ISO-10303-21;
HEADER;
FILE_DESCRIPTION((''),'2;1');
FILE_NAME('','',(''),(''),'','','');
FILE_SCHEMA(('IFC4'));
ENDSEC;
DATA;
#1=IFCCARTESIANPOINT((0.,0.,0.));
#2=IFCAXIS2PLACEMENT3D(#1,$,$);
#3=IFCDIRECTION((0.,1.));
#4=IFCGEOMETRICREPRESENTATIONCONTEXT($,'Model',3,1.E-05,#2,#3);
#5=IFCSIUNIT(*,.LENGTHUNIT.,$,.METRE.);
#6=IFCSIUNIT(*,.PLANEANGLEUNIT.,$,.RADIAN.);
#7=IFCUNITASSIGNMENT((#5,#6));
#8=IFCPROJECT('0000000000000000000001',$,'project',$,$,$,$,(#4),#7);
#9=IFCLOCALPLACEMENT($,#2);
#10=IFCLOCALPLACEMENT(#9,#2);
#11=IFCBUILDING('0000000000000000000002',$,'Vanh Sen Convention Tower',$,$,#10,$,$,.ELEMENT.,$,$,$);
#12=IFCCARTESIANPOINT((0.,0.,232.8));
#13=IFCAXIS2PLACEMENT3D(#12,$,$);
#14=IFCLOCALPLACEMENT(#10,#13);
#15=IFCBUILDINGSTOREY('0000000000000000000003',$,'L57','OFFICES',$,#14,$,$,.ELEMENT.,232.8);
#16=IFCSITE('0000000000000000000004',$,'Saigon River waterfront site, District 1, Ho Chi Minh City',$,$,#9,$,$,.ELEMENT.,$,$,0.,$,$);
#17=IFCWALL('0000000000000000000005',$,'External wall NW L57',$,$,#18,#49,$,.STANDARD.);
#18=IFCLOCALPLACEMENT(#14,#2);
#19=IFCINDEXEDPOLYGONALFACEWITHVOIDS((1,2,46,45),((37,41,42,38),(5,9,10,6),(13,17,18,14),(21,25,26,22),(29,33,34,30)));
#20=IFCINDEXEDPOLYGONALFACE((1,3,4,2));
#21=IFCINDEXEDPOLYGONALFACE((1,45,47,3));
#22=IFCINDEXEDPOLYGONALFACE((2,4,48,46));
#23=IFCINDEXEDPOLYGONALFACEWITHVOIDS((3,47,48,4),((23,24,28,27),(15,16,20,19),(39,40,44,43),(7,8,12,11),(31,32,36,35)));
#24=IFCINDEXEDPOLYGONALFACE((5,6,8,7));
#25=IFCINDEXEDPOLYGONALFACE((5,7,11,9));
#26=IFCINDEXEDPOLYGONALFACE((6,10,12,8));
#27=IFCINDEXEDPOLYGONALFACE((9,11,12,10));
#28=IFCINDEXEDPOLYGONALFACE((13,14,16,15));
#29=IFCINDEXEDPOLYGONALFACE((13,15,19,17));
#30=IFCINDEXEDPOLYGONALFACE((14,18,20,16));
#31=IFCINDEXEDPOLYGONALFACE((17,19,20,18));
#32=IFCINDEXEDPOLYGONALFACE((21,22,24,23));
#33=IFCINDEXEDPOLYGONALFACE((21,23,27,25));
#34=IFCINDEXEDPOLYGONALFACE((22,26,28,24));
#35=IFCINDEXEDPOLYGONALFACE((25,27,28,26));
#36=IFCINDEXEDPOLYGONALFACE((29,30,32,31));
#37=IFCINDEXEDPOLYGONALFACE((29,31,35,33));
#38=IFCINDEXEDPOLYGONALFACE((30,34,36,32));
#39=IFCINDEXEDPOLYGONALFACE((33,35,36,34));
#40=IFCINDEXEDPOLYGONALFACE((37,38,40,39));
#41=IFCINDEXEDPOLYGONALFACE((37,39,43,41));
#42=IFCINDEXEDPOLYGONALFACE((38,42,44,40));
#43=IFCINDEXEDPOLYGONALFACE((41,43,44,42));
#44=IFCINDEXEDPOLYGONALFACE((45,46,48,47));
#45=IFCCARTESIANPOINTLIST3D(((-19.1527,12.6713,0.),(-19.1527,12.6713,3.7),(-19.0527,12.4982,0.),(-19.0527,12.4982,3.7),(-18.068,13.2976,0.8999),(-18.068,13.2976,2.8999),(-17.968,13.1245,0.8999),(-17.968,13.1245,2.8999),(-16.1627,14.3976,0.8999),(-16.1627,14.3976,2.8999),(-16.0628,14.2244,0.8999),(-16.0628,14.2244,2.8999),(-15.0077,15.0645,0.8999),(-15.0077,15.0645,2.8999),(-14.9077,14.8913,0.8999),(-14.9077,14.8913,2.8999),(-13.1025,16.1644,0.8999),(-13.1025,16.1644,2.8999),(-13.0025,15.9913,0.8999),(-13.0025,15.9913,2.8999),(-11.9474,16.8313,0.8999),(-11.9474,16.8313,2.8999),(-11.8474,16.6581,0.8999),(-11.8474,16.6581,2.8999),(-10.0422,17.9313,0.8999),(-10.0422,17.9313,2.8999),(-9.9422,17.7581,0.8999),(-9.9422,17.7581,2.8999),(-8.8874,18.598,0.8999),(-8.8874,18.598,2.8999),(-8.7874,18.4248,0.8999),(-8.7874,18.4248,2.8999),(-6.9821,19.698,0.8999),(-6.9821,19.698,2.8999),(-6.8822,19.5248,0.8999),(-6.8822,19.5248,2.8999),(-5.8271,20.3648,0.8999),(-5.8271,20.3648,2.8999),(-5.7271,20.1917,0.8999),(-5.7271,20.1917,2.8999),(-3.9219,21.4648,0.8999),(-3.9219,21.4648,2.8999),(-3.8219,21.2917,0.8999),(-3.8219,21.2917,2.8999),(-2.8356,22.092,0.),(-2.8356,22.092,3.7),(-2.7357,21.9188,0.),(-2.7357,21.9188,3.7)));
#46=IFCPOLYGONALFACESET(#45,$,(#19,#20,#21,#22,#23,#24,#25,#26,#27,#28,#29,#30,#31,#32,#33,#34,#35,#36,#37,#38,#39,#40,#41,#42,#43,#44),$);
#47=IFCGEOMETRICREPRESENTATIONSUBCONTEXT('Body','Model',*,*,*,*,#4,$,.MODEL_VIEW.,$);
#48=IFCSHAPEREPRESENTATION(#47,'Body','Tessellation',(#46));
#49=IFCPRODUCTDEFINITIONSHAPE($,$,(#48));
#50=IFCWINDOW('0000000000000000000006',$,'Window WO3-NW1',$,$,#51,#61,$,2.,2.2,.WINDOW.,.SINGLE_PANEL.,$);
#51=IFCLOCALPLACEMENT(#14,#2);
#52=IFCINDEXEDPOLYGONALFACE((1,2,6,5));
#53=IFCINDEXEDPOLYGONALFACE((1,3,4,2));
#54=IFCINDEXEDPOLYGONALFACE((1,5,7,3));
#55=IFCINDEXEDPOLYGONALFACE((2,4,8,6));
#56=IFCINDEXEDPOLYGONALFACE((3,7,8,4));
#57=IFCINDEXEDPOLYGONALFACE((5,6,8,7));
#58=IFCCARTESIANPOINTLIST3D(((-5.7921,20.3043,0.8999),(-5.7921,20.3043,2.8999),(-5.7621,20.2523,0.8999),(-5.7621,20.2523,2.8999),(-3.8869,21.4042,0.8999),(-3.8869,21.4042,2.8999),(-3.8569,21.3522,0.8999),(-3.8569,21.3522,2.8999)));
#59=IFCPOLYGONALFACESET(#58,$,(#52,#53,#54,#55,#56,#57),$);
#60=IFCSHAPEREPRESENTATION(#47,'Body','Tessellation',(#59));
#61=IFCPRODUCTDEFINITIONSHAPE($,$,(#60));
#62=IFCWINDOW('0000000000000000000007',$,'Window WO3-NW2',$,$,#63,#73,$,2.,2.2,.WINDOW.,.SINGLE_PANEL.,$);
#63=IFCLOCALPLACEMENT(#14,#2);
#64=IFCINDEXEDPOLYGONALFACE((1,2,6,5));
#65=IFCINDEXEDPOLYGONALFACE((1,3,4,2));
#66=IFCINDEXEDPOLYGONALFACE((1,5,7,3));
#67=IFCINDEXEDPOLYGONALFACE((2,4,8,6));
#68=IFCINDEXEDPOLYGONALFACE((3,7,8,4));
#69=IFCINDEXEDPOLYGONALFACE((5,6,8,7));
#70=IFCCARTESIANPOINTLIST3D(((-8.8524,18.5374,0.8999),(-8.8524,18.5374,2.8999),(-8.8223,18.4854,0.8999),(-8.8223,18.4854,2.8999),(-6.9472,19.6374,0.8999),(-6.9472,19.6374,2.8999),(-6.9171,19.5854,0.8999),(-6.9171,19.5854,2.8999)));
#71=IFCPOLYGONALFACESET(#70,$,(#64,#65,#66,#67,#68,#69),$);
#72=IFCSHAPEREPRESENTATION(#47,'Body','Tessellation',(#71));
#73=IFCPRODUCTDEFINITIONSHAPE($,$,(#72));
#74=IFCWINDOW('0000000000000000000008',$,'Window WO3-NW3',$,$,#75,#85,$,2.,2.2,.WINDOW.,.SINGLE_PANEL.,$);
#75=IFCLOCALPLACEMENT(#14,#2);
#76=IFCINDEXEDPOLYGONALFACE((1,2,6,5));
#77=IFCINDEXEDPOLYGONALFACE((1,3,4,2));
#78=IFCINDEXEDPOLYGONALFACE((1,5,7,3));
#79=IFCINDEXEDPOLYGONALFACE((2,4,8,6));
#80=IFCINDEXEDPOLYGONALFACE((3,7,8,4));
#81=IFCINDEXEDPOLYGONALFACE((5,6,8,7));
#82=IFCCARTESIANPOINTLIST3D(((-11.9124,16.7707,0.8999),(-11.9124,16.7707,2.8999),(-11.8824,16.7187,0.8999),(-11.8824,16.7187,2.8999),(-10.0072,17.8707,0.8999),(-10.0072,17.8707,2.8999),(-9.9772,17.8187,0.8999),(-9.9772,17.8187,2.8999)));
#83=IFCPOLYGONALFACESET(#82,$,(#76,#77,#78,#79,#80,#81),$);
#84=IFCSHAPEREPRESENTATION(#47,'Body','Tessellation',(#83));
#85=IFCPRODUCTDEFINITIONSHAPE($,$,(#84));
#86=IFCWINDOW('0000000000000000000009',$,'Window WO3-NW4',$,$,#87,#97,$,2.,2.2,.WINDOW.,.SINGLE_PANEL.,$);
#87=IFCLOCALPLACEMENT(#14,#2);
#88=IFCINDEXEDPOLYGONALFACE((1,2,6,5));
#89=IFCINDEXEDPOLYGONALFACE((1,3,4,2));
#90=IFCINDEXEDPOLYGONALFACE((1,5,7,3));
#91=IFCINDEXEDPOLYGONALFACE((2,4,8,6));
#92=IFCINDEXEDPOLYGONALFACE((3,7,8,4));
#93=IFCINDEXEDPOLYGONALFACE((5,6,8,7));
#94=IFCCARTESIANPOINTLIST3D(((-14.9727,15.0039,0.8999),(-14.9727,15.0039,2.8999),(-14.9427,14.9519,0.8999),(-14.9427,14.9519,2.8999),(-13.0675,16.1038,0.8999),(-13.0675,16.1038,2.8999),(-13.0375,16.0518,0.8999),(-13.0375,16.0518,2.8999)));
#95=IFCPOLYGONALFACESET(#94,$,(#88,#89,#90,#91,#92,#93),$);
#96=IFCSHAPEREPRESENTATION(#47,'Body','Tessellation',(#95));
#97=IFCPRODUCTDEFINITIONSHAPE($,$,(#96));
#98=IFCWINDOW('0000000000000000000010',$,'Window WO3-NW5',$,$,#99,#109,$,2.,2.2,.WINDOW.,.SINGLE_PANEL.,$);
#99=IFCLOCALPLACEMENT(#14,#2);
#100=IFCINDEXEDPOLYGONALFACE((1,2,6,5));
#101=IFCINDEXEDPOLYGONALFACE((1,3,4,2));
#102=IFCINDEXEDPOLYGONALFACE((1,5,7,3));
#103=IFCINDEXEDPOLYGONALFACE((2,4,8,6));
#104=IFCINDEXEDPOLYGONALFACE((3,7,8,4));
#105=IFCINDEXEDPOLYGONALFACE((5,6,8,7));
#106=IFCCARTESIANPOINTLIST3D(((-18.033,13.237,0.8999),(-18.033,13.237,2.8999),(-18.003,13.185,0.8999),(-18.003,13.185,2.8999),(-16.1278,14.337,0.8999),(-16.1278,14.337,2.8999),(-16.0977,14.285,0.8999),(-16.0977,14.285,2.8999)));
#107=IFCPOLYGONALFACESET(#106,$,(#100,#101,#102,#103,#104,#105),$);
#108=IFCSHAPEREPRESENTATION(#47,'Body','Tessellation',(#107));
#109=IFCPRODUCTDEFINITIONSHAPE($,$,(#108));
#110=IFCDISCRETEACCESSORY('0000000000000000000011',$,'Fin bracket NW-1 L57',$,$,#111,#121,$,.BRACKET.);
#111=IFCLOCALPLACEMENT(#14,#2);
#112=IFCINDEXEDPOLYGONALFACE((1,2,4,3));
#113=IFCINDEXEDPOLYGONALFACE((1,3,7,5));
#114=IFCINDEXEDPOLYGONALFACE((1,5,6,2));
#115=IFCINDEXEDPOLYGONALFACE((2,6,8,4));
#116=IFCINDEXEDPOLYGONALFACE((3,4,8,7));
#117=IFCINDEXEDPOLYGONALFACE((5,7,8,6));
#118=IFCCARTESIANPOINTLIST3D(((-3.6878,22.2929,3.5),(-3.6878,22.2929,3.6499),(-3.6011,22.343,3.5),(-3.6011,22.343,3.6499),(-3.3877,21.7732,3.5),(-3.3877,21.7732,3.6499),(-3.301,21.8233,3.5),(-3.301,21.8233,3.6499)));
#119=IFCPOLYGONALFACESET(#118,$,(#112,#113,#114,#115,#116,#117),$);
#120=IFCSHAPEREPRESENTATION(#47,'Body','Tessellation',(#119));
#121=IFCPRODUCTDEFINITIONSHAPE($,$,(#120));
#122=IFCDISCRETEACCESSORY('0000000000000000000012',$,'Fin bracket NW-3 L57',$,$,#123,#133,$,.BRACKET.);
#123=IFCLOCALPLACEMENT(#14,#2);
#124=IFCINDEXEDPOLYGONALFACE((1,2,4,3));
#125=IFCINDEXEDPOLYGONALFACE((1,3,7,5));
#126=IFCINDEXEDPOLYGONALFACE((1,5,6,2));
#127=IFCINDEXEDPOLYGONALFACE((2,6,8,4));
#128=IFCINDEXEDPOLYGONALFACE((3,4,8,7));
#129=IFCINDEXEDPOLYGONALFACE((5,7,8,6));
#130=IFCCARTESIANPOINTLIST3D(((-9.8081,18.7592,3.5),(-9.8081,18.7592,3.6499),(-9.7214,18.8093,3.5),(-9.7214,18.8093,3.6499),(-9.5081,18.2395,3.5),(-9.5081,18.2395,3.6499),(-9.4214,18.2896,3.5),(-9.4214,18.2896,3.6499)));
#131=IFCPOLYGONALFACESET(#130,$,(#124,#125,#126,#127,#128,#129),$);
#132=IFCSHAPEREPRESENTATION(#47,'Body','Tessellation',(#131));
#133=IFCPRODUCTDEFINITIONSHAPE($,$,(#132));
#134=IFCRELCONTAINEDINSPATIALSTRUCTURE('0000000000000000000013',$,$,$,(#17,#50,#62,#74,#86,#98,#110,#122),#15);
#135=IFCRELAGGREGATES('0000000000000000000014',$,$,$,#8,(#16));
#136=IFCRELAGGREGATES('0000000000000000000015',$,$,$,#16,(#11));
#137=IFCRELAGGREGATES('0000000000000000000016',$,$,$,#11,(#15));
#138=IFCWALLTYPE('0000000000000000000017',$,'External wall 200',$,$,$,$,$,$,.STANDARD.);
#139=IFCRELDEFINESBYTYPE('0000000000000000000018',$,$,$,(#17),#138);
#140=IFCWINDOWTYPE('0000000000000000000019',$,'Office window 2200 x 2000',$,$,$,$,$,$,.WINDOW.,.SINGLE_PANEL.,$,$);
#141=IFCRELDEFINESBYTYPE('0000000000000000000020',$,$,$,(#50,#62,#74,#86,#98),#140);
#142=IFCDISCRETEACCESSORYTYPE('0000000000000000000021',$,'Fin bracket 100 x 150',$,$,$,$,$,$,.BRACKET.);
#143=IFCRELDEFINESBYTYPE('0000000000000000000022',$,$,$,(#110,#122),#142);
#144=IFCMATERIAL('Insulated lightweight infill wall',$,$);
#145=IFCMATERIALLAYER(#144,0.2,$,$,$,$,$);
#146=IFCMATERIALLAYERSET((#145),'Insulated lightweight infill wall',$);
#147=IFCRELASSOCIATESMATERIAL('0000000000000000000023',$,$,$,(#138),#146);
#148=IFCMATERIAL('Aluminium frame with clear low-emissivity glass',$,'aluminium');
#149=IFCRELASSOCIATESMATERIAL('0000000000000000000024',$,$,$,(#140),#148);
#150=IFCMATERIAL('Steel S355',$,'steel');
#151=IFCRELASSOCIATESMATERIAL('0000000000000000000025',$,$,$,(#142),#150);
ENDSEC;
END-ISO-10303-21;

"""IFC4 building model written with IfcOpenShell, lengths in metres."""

from ifc_helpers import new_model, si_unit, direction, frame, frame_2d, origin, origin_2d, place, context, subcontext, project, spatial, rectangle, extrude, material, layer, layer_set, type_object, element, fill, save


model = new_model("IFC4")

# Units and contexts
model_context = context("Model", 3, precision=1e-05, world=origin(), true_north=direction((0.0, 1.0)))
body_context = subcontext(model_context, "Body", "Model", "MODEL_VIEW")
ifc_project = project(units=[si_unit("LENGTHUNIT", "METRE"), si_unit("PLANEANGLEUNIT", "RADIAN")], contexts=[model_context])

# Site, building, storey
site_placement = place(None, origin())
site = spatial("IfcSite", under=ifc_project, at=site_placement, Name="Saigon River waterfront site, District 1, Ho Chi Minh City", CompositionType="ELEMENT", RefElevation=0.0)
building_placement = place(site_placement, origin())
building = spatial("IfcBuilding", under=site, at=building_placement, Name="Vanh Sen Convention Tower", CompositionType="ELEMENT")
storey_placement = place(building_placement, frame((0.0, 0.0, 232.8)))
storey = spatial("IfcBuildingStorey", under=building, at=storey_placement, Name="L57", Description="OFFICES", CompositionType="ELEMENT", Elevation=232.8)

# Wall, openings, windows
ifc_material_1 = material(Name="Insulated lightweight infill wall")
ifc_layer_1 = layer(ifc_material_1, 0.2)
ifc_layer_set_1 = layer_set([ifc_layer_1], Name="Insulated lightweight infill wall")
wall_type_1 = type_object("IfcWallType", Name="External wall 200", PredefinedType="STANDARD", material=ifc_layer_set_1)
wall_1_placement = place(storey_placement, frame((-2.7856, 22.0054, 0.0), z_axis=(0.0, 0.0, 1.0), x_axis=(-0.866027, -0.499998, 0.0)))
wall_1 = element("IfcWall", 1, at=wall_1_placement, inside=storey, type_object=wall_type_1, Name="External wall NW L57", PredefinedType="STANDARD", context=body_context, shape_type="SweptSolid", body=[
    extrude(rectangle(XDim=18.8413, YDim=0.2, at=frame_2d((9.4207, 0.0))), origin(), (0.0, 0.0, 1.0), 3.7),
])
opening_1_placement = place(wall_1_placement, frame((1.2542, 0.0, 0.8999)))
opening_1 = element("IfcOpeningElement", 2, at=opening_1_placement, cuts=wall_1, PredefinedType="OPENING", context=body_context, shape_type="SweptSolid", body=[
    extrude(rectangle(XDim=2.2, YDim=2.0, at=frame_2d((1.1001, 1.0))), frame((0.0, 0.1099, 0.0), z_axis=(0.0, -1.0, 0.0), x_axis=(1.0, 0.0, 0.0)), (0.0, 0.0, 1.0), 0.22),
])
opening_2_placement = place(wall_1_placement, frame((4.7878, 0.0, 0.8999)))
opening_2 = element("IfcOpeningElement", 3, at=opening_2_placement, cuts=wall_1, PredefinedType="OPENING", context=body_context, shape_type="SweptSolid", body=[
    extrude(rectangle(XDim=2.2, YDim=2.0, at=frame_2d((1.1001, 1.0))), frame((0.0, 0.1099, 0.0), z_axis=(0.0, -1.0, 0.0), x_axis=(1.0, 0.0, 0.0)), (0.0, 0.0, 1.0), 0.22),
])
opening_3_placement = place(wall_1_placement, frame((8.3213, 0.0, 0.8999)))
opening_3 = element("IfcOpeningElement", 4, at=opening_3_placement, cuts=wall_1, PredefinedType="OPENING", context=body_context, shape_type="SweptSolid", body=[
    extrude(rectangle(XDim=2.2, YDim=2.0, at=frame_2d((1.1001, 1.0))), frame((0.0, 0.1099, 0.0), z_axis=(0.0, -1.0, 0.0), x_axis=(1.0, 0.0, 0.0)), (0.0, 0.0, 1.0), 0.22),
])
opening_4_placement = place(wall_1_placement, frame((11.855, 0.0, 0.8999)))
opening_4 = element("IfcOpeningElement", 5, at=opening_4_placement, cuts=wall_1, PredefinedType="OPENING", context=body_context, shape_type="SweptSolid", body=[
    extrude(rectangle(XDim=2.2, YDim=2.0, at=frame_2d((1.1001, 1.0))), frame((0.0, 0.1099, 0.0), z_axis=(0.0, -1.0, 0.0), x_axis=(1.0, 0.0, 0.0)), (0.0, 0.0, 1.0), 0.22),
])
opening_5_placement = place(wall_1_placement, frame((15.3887, 0.0, 0.8999)))
opening_5 = element("IfcOpeningElement", 6, at=opening_5_placement, cuts=wall_1, PredefinedType="OPENING", context=body_context, shape_type="SweptSolid", body=[
    extrude(rectangle(XDim=2.2, YDim=2.0, at=frame_2d((1.1001, 1.0))), frame((0.0, 0.1099, 0.0), z_axis=(0.0, -1.0, 0.0), x_axis=(1.0, 0.0, 0.0)), (0.0, 0.0, 1.0), 0.22),
])
ifc_material_2 = material(Name="Aluminium frame with clear low-emissivity glass", Category="aluminium")
window_type = type_object("IfcWindowType", Name="Office window 2200 x 2000", PartitioningType="SINGLE_PANEL", PredefinedType="WINDOW", material=ifc_material_2)
window_1_placement = place(opening_1_placement, origin())
window_1 = element("IfcWindow", 7, at=window_1_placement, inside=storey, type_object=window_type, Name="Window WO3-NW1", OverallHeight=2.0, OverallWidth=2.2, PartitioningType="SINGLE_PANEL", PredefinedType="WINDOW", context=body_context, shape_type="SweptSolid", body=[
    extrude(rectangle(XDim=2.2, YDim=2.0, at=frame_2d((1.1001, 1.0))), frame((0.0, 0.03, 0.0), z_axis=(0.0, -1.0, 0.0), x_axis=(1.0, 0.0, 0.0)), (0.0, 0.0, 1.0), 0.0601),
])
fill(opening_1, window_1)
window_2_placement = place(opening_2_placement, origin())
window_2 = element("IfcWindow", 8, at=window_2_placement, inside=storey, type_object=window_type, Name="Window WO3-NW2", OverallHeight=2.0, OverallWidth=2.2, PartitioningType="SINGLE_PANEL", PredefinedType="WINDOW", context=body_context, shape_type="SweptSolid", body=[
    extrude(rectangle(XDim=2.2, YDim=2.0, at=frame_2d((1.1001, 1.0))), frame((0.0, 0.03, 0.0), z_axis=(0.0, -1.0, 0.0), x_axis=(1.0, 0.0, 0.0)), (0.0, 0.0, 1.0), 0.0601),
])
fill(opening_2, window_2)
window_3_placement = place(opening_3_placement, origin())
window_3 = element("IfcWindow", 9, at=window_3_placement, inside=storey, type_object=window_type, Name="Window WO3-NW3", OverallHeight=2.0, OverallWidth=2.2, PartitioningType="SINGLE_PANEL", PredefinedType="WINDOW", context=body_context, shape_type="SweptSolid", body=[
    extrude(rectangle(XDim=2.2, YDim=2.0, at=frame_2d((1.1001, 1.0))), frame((0.0, 0.03, 0.0), z_axis=(0.0, -1.0, 0.0), x_axis=(1.0, 0.0, 0.0)), (0.0, 0.0, 1.0), 0.0601),
])
fill(opening_3, window_3)
window_4_placement = place(opening_4_placement, origin())
window_4 = element("IfcWindow", 10, at=window_4_placement, inside=storey, type_object=window_type, Name="Window WO3-NW4", OverallHeight=2.0, OverallWidth=2.2, PartitioningType="SINGLE_PANEL", PredefinedType="WINDOW", context=body_context, shape_type="SweptSolid", body=[
    extrude(rectangle(XDim=2.2, YDim=2.0, at=frame_2d((1.1001, 1.0))), frame((0.0, 0.03, 0.0), z_axis=(0.0, -1.0, 0.0), x_axis=(1.0, 0.0, 0.0)), (0.0, 0.0, 1.0), 0.0601),
])
fill(opening_4, window_4)
window_5_placement = place(opening_5_placement, origin())
window_5 = element("IfcWindow", 11, at=window_5_placement, inside=storey, type_object=window_type, Name="Window WO3-NW5", OverallHeight=2.0, OverallWidth=2.2, PartitioningType="SINGLE_PANEL", PredefinedType="WINDOW", context=body_context, shape_type="SweptSolid", body=[
    extrude(rectangle(XDim=2.2, YDim=2.0, at=frame_2d((1.1001, 1.0))), frame((0.0, 0.03, 0.0), z_axis=(0.0, -1.0, 0.0), x_axis=(1.0, 0.0, 0.0)), (0.0, 0.0, 1.0), 0.0601),
])
fill(opening_5, window_5)

# Discrete accessories
ifc_material_3 = material(Name="Steel S355", Category="steel")
discrete_accessory_type = type_object("IfcDiscreteAccessoryType", Name="Fin bracket 100 x 150", PredefinedType="BRACKET", material=ifc_material_3)
for number, where, z_axis, x_axis, name in (
    (12, (-3.4944, 22.0581, 3.5), (0.0, 0.0, 1.0), (-0.5, 0.866025, 0.0), "Fin bracket NW-1 L57"),
    (13, (-9.6147, 18.5244, 3.5), (0.0, 0.0, 1.0), (-0.5, 0.866025, 0.0), "Fin bracket NW-3 L57"),
):
    element("IfcDiscreteAccessory", number, at=place(storey_placement, frame(where, z_axis=z_axis, x_axis=x_axis)), inside=storey, type_object=discrete_accessory_type, Name=name, PredefinedType="BRACKET", context=body_context, shape_type="SweptSolid", body=[
        extrude(rectangle(XDim=0.6001, YDim=0.1001, at=origin_2d()), origin(), (0.0, 0.0, 1.0), 0.1499),
    ])

save(model, "model.ifc")
